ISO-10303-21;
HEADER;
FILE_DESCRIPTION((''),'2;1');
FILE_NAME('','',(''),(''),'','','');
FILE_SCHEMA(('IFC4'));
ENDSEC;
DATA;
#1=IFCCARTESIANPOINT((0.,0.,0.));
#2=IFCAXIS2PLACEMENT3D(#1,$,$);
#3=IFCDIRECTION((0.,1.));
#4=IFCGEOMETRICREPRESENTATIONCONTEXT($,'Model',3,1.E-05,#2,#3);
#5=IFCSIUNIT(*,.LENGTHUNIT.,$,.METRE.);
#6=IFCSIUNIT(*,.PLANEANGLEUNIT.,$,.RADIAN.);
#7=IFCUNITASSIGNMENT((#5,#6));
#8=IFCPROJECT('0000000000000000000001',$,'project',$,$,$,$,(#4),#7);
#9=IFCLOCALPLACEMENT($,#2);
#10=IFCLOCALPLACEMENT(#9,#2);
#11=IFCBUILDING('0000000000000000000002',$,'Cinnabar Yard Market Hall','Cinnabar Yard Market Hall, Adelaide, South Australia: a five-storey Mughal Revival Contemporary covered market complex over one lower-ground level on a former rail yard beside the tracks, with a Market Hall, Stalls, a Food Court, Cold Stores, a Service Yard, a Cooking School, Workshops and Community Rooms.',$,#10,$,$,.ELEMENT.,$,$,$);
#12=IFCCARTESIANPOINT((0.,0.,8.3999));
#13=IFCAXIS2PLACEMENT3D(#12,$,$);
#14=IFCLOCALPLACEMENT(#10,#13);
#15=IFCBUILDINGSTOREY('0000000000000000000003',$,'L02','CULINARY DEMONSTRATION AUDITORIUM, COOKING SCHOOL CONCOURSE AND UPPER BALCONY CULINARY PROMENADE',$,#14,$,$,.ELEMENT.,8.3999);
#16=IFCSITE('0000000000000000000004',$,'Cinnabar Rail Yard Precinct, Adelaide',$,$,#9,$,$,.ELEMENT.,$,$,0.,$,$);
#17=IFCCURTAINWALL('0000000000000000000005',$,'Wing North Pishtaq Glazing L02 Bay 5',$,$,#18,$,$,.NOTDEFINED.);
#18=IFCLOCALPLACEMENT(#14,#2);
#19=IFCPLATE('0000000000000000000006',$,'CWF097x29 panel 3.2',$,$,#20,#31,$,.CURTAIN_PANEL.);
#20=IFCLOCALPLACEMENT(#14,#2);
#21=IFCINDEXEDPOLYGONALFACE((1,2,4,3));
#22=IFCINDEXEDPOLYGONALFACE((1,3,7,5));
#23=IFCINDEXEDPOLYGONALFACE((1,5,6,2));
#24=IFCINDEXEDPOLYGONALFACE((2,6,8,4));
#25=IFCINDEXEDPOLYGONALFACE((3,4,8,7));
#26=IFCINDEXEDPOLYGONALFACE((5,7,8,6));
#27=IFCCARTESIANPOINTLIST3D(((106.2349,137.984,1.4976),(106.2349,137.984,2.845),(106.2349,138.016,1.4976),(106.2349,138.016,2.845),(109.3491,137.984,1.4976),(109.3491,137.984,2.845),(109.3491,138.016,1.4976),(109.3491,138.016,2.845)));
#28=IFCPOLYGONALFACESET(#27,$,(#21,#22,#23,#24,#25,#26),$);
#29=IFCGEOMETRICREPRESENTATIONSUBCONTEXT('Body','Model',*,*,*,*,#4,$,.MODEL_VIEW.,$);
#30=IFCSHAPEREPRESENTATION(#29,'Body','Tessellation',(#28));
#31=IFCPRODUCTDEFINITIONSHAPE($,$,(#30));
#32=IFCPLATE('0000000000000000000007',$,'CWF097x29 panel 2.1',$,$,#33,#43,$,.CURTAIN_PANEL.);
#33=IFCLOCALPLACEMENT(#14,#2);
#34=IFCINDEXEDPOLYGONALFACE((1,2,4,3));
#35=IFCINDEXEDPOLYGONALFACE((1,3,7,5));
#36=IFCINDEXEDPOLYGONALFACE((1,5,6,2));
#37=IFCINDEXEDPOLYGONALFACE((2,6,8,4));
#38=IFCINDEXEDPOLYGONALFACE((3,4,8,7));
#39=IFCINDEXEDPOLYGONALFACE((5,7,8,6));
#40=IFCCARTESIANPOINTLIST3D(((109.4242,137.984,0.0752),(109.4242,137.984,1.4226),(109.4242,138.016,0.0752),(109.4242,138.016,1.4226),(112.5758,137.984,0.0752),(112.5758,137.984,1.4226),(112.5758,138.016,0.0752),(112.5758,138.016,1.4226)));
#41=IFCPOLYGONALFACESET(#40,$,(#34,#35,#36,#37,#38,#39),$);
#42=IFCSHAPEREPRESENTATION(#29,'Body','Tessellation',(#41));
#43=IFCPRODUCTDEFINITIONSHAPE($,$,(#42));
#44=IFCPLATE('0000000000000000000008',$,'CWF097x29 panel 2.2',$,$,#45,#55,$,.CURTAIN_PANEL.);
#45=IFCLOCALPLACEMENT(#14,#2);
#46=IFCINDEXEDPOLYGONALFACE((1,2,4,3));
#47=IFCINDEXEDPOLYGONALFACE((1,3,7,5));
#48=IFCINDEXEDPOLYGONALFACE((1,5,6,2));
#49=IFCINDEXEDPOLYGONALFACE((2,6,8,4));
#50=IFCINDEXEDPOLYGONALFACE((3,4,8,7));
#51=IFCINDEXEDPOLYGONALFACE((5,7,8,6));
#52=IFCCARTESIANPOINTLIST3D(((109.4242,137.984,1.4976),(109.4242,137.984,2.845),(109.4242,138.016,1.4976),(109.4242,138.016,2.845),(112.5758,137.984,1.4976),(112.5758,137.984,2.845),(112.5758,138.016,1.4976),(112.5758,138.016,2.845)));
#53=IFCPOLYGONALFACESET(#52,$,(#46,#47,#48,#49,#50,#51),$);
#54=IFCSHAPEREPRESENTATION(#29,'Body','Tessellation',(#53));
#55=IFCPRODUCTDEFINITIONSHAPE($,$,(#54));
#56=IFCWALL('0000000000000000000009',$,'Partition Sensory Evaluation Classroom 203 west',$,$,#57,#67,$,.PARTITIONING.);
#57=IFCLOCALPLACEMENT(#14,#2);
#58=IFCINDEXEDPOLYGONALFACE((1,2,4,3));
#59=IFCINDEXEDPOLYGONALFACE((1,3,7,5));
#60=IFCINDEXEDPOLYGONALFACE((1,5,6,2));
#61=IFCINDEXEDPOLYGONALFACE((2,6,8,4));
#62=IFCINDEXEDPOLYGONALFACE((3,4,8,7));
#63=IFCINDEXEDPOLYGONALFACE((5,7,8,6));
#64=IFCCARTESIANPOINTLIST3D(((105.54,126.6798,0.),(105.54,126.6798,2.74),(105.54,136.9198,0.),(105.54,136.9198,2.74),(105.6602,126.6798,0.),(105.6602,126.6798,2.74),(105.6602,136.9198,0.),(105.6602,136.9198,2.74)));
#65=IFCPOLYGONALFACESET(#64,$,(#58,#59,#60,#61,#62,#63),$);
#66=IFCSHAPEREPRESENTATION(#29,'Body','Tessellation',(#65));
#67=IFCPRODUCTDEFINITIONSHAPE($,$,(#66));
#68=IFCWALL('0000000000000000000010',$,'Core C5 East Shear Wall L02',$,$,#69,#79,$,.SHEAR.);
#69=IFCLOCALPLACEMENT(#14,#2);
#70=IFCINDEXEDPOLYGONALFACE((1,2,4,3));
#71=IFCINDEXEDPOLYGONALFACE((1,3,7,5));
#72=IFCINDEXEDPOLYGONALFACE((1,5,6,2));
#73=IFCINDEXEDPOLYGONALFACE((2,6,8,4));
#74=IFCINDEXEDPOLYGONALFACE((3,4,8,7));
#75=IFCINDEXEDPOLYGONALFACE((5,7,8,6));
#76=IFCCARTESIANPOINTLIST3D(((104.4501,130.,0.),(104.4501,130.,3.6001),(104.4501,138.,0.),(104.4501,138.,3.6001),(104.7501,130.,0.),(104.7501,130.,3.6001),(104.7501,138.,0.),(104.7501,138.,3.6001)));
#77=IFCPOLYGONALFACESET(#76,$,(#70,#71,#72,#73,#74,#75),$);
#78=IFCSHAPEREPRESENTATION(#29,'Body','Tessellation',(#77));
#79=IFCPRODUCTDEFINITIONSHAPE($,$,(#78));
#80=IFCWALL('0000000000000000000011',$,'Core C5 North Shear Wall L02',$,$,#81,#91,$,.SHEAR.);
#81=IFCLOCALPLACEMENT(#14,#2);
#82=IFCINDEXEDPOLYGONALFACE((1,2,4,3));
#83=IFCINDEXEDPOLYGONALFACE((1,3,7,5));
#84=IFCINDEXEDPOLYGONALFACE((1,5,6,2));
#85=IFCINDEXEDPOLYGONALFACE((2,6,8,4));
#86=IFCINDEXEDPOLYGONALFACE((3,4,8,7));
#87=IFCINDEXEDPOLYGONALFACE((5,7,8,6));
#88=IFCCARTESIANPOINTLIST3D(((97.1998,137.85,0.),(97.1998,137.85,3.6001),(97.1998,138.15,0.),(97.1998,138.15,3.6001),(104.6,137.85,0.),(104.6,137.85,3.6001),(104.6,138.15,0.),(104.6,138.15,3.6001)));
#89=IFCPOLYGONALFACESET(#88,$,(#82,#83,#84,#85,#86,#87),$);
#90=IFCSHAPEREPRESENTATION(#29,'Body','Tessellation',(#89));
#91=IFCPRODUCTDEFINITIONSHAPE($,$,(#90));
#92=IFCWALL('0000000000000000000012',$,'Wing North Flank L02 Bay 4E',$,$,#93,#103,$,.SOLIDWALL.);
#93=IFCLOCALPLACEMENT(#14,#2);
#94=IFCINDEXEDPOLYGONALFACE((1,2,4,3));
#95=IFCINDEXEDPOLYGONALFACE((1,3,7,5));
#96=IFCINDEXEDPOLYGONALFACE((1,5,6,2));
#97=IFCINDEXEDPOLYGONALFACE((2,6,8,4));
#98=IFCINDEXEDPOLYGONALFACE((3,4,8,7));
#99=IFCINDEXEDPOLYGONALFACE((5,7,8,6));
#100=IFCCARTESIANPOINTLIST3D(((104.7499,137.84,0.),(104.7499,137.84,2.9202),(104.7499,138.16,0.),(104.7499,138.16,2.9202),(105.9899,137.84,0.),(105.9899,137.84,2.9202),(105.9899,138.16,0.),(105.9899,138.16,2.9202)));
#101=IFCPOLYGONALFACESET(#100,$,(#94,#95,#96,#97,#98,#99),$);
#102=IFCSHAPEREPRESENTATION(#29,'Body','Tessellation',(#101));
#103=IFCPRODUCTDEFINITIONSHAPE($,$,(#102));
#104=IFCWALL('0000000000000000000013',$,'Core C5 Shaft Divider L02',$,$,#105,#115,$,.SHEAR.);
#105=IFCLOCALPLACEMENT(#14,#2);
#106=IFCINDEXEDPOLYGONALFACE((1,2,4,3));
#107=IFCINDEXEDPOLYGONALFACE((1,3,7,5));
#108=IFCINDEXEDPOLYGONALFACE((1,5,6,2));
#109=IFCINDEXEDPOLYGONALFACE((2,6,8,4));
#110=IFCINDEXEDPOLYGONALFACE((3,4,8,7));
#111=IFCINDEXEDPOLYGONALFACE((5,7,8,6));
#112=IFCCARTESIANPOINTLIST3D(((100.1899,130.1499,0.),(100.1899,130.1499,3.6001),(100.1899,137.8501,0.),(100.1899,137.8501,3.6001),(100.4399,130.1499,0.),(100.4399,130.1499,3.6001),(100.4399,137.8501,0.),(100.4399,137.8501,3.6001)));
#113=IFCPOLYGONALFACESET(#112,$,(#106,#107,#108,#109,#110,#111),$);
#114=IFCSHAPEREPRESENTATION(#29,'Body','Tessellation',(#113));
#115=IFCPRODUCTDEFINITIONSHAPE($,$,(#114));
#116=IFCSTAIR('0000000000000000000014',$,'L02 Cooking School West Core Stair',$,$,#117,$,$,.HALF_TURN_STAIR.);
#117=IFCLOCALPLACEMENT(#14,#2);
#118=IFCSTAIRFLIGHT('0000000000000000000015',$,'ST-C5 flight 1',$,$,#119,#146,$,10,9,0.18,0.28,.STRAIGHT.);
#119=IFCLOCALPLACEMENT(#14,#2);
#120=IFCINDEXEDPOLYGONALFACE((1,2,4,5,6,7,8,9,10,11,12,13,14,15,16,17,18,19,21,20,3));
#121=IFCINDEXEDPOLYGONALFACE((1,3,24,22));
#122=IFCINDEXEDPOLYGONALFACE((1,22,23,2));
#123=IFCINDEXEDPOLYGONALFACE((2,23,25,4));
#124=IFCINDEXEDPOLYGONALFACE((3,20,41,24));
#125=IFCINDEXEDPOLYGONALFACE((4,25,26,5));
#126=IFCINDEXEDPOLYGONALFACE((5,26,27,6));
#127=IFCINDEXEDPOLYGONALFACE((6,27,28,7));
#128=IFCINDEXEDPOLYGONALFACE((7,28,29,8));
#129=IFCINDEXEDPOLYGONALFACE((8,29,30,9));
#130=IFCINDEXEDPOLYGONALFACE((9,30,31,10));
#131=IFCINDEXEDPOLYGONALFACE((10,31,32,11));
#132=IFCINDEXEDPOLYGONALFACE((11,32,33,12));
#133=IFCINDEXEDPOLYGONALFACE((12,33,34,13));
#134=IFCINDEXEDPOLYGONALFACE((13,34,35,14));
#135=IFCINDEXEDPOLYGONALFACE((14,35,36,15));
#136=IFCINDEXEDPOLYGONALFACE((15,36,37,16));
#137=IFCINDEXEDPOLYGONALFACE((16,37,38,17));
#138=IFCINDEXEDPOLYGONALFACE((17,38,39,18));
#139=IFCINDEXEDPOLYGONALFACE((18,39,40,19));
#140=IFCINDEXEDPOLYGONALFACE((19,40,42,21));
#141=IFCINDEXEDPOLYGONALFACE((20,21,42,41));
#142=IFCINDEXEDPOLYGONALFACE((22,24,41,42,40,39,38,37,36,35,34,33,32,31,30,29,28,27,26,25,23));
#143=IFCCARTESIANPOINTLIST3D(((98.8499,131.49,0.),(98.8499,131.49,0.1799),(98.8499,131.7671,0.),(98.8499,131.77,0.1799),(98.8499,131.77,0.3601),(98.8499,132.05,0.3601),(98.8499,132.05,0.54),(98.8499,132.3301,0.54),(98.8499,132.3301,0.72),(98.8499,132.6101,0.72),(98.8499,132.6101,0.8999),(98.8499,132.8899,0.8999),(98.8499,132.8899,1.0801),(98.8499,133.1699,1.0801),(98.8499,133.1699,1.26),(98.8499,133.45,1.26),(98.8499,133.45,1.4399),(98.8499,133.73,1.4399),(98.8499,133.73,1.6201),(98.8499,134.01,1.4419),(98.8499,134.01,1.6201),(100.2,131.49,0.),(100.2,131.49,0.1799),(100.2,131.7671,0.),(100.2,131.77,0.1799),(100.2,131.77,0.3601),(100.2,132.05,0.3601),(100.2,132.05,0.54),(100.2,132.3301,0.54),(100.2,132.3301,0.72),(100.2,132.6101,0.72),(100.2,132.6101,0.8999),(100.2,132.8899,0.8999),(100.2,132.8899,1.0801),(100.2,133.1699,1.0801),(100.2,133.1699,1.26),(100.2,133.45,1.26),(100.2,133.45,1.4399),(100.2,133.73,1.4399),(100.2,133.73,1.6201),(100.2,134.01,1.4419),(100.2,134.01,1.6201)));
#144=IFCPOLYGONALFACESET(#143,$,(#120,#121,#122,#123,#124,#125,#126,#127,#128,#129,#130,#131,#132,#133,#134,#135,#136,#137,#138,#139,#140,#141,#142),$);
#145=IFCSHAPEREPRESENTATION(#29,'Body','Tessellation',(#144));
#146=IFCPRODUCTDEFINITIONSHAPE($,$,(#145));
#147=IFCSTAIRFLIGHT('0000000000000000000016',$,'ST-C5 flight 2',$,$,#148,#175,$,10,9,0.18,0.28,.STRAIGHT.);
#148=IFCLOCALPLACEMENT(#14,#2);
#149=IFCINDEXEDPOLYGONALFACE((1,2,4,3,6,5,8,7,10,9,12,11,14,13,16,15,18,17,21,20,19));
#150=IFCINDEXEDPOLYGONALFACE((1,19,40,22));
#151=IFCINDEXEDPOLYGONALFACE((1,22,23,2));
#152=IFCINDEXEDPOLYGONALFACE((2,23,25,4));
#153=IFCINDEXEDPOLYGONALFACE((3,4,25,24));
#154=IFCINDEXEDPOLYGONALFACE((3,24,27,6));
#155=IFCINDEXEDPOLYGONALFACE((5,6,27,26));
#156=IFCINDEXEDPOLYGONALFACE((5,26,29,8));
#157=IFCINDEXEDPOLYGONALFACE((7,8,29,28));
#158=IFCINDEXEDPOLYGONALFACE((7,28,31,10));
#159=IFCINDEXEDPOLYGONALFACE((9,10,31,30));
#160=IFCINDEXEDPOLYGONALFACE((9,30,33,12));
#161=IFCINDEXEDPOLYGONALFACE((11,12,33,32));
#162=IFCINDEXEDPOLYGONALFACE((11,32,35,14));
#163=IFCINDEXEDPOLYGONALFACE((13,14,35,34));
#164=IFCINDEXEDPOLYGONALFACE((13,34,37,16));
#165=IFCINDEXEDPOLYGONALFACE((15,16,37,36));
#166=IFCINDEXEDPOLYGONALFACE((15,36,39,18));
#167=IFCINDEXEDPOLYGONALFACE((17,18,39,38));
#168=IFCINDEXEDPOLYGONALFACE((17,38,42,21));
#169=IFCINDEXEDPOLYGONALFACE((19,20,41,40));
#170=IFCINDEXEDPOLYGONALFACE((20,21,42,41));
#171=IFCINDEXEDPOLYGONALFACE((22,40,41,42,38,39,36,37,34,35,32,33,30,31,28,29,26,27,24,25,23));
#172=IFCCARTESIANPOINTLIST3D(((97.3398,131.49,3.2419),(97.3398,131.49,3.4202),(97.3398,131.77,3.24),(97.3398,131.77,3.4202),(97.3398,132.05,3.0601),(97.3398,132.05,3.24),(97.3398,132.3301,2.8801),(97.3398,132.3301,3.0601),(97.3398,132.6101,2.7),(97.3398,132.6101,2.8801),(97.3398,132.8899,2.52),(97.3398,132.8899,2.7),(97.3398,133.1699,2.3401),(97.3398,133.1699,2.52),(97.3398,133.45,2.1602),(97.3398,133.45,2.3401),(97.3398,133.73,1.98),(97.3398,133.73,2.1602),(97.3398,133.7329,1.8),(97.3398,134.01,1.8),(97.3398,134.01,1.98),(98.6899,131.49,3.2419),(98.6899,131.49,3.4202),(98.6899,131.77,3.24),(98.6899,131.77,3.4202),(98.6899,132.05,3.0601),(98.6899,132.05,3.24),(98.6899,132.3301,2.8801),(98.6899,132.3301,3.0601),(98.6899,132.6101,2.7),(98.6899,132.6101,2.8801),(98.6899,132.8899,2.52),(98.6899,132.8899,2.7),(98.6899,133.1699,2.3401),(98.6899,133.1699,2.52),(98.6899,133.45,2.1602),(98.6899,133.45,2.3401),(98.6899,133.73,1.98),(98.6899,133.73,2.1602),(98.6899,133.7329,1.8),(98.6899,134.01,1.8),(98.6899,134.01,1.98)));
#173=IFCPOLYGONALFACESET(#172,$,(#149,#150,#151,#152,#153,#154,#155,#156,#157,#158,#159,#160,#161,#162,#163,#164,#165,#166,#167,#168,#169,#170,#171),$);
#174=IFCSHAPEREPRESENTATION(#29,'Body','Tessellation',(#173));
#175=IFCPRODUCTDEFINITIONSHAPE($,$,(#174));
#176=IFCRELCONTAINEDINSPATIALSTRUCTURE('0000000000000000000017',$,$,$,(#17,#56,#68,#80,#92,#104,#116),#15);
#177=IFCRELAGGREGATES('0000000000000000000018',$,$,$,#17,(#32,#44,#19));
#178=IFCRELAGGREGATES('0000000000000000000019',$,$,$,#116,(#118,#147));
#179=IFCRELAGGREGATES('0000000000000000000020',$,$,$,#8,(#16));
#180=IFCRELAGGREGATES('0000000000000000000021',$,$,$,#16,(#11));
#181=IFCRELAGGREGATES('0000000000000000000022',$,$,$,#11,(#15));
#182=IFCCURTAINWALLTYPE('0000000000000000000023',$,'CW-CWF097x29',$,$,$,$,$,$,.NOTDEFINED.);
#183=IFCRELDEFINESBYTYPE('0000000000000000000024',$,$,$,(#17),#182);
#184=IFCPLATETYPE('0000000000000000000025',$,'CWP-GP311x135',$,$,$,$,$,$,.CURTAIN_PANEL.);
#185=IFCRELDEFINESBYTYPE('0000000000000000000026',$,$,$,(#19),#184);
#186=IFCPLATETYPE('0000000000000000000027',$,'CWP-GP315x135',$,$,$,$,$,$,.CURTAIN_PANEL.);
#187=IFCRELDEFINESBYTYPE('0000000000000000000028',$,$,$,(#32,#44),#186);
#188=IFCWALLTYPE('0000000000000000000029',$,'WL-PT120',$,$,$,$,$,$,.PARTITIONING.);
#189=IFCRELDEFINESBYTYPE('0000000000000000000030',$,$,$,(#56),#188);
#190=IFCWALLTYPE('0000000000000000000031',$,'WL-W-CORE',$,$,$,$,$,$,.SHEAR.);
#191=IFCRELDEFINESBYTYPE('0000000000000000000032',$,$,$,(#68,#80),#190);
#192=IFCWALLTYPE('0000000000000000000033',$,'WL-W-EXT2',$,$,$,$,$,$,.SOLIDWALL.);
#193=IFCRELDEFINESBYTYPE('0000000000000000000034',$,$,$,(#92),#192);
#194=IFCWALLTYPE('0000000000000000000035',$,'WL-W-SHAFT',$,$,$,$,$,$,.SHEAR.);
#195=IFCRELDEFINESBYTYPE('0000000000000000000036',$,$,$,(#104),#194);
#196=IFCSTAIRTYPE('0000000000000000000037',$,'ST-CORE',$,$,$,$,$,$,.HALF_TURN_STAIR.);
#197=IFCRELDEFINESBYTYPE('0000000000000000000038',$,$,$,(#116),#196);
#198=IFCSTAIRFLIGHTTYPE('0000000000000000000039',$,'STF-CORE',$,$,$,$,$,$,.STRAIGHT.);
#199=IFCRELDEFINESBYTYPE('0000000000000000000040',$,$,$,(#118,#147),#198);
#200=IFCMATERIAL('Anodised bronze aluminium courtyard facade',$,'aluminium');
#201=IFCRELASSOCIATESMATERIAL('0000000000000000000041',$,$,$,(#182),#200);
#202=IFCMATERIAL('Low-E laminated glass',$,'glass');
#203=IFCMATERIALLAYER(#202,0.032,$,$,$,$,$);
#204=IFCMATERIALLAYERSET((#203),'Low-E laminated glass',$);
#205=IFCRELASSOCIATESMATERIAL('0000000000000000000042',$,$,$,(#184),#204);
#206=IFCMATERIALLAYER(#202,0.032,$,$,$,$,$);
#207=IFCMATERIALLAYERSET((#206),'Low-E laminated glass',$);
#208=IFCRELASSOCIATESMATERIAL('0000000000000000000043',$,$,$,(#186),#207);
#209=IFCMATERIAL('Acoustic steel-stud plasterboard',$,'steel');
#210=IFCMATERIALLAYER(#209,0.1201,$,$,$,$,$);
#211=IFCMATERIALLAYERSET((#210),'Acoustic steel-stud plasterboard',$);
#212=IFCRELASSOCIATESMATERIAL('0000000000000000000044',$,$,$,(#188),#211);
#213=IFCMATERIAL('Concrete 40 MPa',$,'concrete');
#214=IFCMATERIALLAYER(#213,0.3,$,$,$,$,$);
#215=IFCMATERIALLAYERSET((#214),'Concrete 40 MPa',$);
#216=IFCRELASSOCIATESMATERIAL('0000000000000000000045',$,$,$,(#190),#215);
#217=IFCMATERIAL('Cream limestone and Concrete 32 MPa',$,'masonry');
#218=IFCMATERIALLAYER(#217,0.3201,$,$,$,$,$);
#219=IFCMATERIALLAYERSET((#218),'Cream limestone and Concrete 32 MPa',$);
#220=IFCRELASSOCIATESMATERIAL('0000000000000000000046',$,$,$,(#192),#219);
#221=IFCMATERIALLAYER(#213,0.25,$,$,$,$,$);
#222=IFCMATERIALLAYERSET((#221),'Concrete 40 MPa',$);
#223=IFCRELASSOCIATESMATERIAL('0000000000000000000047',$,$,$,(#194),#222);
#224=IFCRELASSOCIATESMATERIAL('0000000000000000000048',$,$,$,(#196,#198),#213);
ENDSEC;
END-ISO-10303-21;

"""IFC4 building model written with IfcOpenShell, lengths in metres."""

from ifc_helpers import new_model, si_unit, direction, frame, frame_2d, origin, origin_2d_with_axis, place, context, subcontext, project, spatial, polyline, rectangle, outline, extrude, material, layer, layer_set, type_object, element, aggregate, save


model = new_model("IFC4")

# Units and contexts
model_context = context("Model", 3, precision=1e-05, world=origin(), true_north=direction((0.0, 1.0)))
body_context = subcontext(model_context, "Body", "Model", "MODEL_VIEW")
ifc_project = project(units=[si_unit("LENGTHUNIT", "METRE"), si_unit("PLANEANGLEUNIT", "RADIAN")], contexts=[model_context])

# Site, building, storey
site_placement = place(None, origin())
site = spatial("IfcSite", under=ifc_project, at=site_placement, Name="Cinnabar Rail Yard Precinct, Adelaide", CompositionType="ELEMENT", RefElevation=0.0)
building_placement = place(site_placement, origin())
building = spatial("IfcBuilding", under=site, at=building_placement, Name="Cinnabar Yard Market Hall", Description="Cinnabar Yard Market Hall, Adelaide, South Australia: a five-storey Mughal Revival Contemporary covered market complex over one lower-ground level on a former rail yard beside the tracks, with a Market Hall, Stalls, a Food Court, Cold Stores, a Service Yard, a Cooking School, Workshops and Community Rooms.", CompositionType="ELEMENT")
storey_placement = place(building_placement, frame((0.0, 0.0, 8.3999)))
storey = spatial("IfcBuildingStorey", under=building, at=storey_placement, Name="L02", Description="CULINARY DEMONSTRATION AUDITORIUM, COOKING SCHOOL CONCOURSE AND UPPER BALCONY CULINARY PROMENADE", CompositionType="ELEMENT", Elevation=8.3999)

# Shared definitions
ifc_material_1 = material(Name="Concrete 40 MPa", Category="concrete")

# Curtain wall, plates
ifc_material_2 = material(Name="Anodised bronze aluminium courtyard facade", Category="aluminium")
curtain_wall_type = type_object("IfcCurtainWallType", Name="CW-CWF097x29", PredefinedType="NOTDEFINED", material=ifc_material_2)
curtain_wall_placement = place(storey_placement, origin())
curtain_wall = element("IfcCurtainWall", 1, at=curtain_wall_placement, inside=storey, type_object=curtain_wall_type, Name="Wing North Pishtaq Glazing L02 Bay 5", PredefinedType="NOTDEFINED")
ifc_material_3 = material(Name="Low-E laminated glass", Category="glass")
ifc_layer_1 = layer(ifc_material_3, 0.032)
ifc_layer_set_1 = layer_set([ifc_layer_1], Name="Low-E laminated glass")
plate_type_1 = type_object("IfcPlateType", Name="CWP-GP311x135", PredefinedType="CURTAIN_PANEL", material=ifc_layer_set_1)
plate_1_placement = place(storey_placement, frame((107.792, 138.0, 1.4976), z_axis=(0.0, 0.0, 1.0), x_axis=(-1.0, 0.0, 0.0)))
plate_1 = element("IfcPlate", 2, at=plate_1_placement, type_object=plate_type_1, Name="CWF097x29 panel 3.2", PredefinedType="CURTAIN_PANEL", context=body_context, shape_type="SweptSolid", body=[
    extrude(rectangle(XDim=3.1143, YDim=0.032, at=origin_2d_with_axis()), origin(), (0.0, 0.0, 1.0), 1.3474),
])
ifc_layer_2 = layer(ifc_material_3, 0.032)
ifc_layer_set_2 = layer_set([ifc_layer_2], Name="Low-E laminated glass")
plate_type_2 = type_object("IfcPlateType", Name="CWP-GP315x135", PredefinedType="CURTAIN_PANEL", material=ifc_layer_set_2)
plate_2_placement = place(storey_placement, frame((111.0, 138.0, 0.0752), z_axis=(0.0, 0.0, 1.0), x_axis=(-1.0, 0.0, 0.0)))
plate_2 = element("IfcPlate", 3, at=plate_2_placement, type_object=plate_type_2, Name="CWF097x29 panel 2.1", PredefinedType="CURTAIN_PANEL", context=body_context, shape_type="SweptSolid", body=[
    extrude(rectangle(XDim=3.1516, YDim=0.032, at=origin_2d_with_axis()), origin(), (0.0, 0.0, 1.0), 1.3474),
])
plate_3_placement = place(storey_placement, frame((111.0, 138.0, 1.4976), z_axis=(0.0, 0.0, 1.0), x_axis=(-1.0, 0.0, 0.0)))
plate_3 = element("IfcPlate", 4, at=plate_3_placement, type_object=plate_type_2, Name="CWF097x29 panel 2.2", PredefinedType="CURTAIN_PANEL", context=body_context, shape_type="SweptSolid", body=[
    extrude(rectangle(XDim=3.1516, YDim=0.032, at=origin_2d_with_axis()), origin(), (0.0, 0.0, 1.0), 1.3474),
])
aggregate(curtain_wall, [plate_2, plate_3, plate_1])

# Walls
ifc_material_4 = material(Name="Acoustic steel-stud plasterboard", Category="steel")
ifc_layer_3 = layer(ifc_material_4, 0.1201)
ifc_layer_set_3 = layer_set([ifc_layer_3], Name="Acoustic steel-stud plasterboard")
wall_type_1 = type_object("IfcWallType", Name="WL-PT120", PredefinedType="PARTITIONING", material=ifc_layer_set_3)
wall_1_placement = place(storey_placement, frame((105.6001, 136.9199, 0.0), z_axis=(0.0, 0.0, 1.0), x_axis=(0.0, -1.0, 0.0)))
element("IfcWall", 5, at=wall_1_placement, inside=storey, type_object=wall_type_1, Name="Partition Sensory Evaluation Classroom 203 west", PredefinedType="PARTITIONING", context=body_context, shape_type="SweptSolid", body=[
    extrude(rectangle(XDim=10.24, YDim=0.1201, at=frame_2d((5.1201, 0.0), x_axis=(1.0, 0.0))), origin(), (0.0, 0.0, 1.0), 2.74),
])
ifc_layer_4 = layer(ifc_material_1, 0.3)
ifc_layer_set_4 = layer_set([ifc_layer_4], Name="Concrete 40 MPa")
wall_type_2 = type_object("IfcWallType", Name="WL-W-CORE", PredefinedType="SHEAR", material=ifc_layer_set_4)
wall_2_placement = place(storey_placement, frame((104.6001, 130.0, 0.0), z_axis=(0.0, 0.0, 1.0), x_axis=(0.0, 1.0, 0.0)))
element("IfcWall", 6, at=wall_2_placement, inside=storey, type_object=wall_type_2, Name="Core C5 East Shear Wall L02", PredefinedType="SHEAR", context=body_context, shape_type="SweptSolid", body=[
    extrude(rectangle(XDim=8.0, YDim=0.3, at=frame_2d((4.0, 0.0), x_axis=(1.0, 0.0))), origin(), (0.0, 0.0, 1.0), 3.6001),
])
wall_3_placement = place(storey_placement, frame((104.6001, 138.0, 0.0), z_axis=(0.0, 0.0, 1.0), x_axis=(-1.0, 0.0, 0.0)))
element("IfcWall", 7, at=wall_3_placement, inside=storey, type_object=wall_type_2, Name="Core C5 North Shear Wall L02", PredefinedType="SHEAR", context=body_context, shape_type="SweptSolid", body=[
    extrude(rectangle(XDim=7.4001, YDim=0.3, at=frame_2d((3.7002, 0.0), x_axis=(1.0, 0.0))), origin(), (0.0, 0.0, 1.0), 3.6001),
])
ifc_material_5 = material(Name="Cream limestone and Concrete 32 MPa", Category="masonry")
ifc_layer_5 = layer(ifc_material_5, 0.3201)
ifc_layer_set_5 = layer_set([ifc_layer_5], Name="Cream limestone and Concrete 32 MPa")
wall_type_3 = type_object("IfcWallType", Name="WL-W-EXT2", PredefinedType="SOLIDWALL", material=ifc_layer_set_5)
wall_4_placement = place(storey_placement, frame((105.99, 138.0, 0.0), z_axis=(0.0, 0.0, 1.0), x_axis=(-1.0, 0.0, 0.0)))
element("IfcWall", 8, at=wall_4_placement, inside=storey, type_object=wall_type_3, Name="Wing North Flank L02 Bay 4E", PredefinedType="SOLIDWALL", context=body_context, shape_type="SweptSolid", body=[
    extrude(rectangle(XDim=1.24, YDim=0.3201, at=frame_2d((0.6201, 0.0), x_axis=(1.0, 0.0))), origin(), (0.0, 0.0, 1.0), 2.9202),
])
ifc_layer_6 = layer(ifc_material_1, 0.25)
ifc_layer_set_6 = layer_set([ifc_layer_6], Name="Concrete 40 MPa")
wall_type_4 = type_object("IfcWallType", Name="WL-W-SHAFT", PredefinedType="SHEAR", material=ifc_layer_set_6)
wall_5_placement = place(storey_placement, frame((100.3149, 130.1499, 0.0), z_axis=(0.0, 0.0, 1.0), x_axis=(0.0, 1.0, 0.0)))
element("IfcWall", 9, at=wall_5_placement, inside=storey, type_object=wall_type_4, Name="Core C5 Shaft Divider L02", PredefinedType="SHEAR", context=body_context, shape_type="SweptSolid", body=[
    extrude(rectangle(XDim=7.7002, YDim=0.25, at=frame_2d((3.8501, 0.0), x_axis=(1.0, 0.0))), origin(), (0.0, 0.0, 1.0), 3.6001),
])

# Stair, stair flights
stair_type = type_object("IfcStairType", Name="ST-CORE", PredefinedType="HALF_TURN_STAIR", material=ifc_material_1)
stair_placement = place(storey_placement, origin())
stair = element("IfcStair", 10, at=stair_placement, inside=storey, type_object=stair_type, Name="L02 Cooking School West Core Stair", PredefinedType="HALF_TURN_STAIR")
stair_flight_type = type_object("IfcStairFlightType", Name="STF-CORE", PredefinedType="STRAIGHT", material=ifc_material_1)
stair_flight_1_placement = place(storey_placement, frame((99.5249, 131.49, 0.0), z_axis=(0.0, 0.0, 1.0), x_axis=(0.0, 1.0, 0.0)))
stair_flight_1 = element("IfcStairFlight", 11, at=stair_flight_1_placement, type_object=stair_flight_type, Name="ST-C5 flight 1", NumberOfRisers=10, NumberOfTreads=9, PredefinedType="STRAIGHT", RiserHeight=0.18, TreadLength=0.28, context=body_context, shape_type="SweptSolid", body=[
    extrude(outline(polyline([(0.0, 0.0), (0.0, 0.1799), (0.28, 0.1799), (0.28, 0.3601), (0.5601, 0.3601), (0.5601, 0.54), (0.8401, 0.54), (0.8401, 0.72), (1.1201, 0.72), (1.1201, 0.8999), (1.3999, 0.8999), (1.3999, 1.0801), (1.6799, 1.0801), (1.6799, 1.26), (1.96, 1.26), (1.96, 1.4399), (2.24, 1.4399), (2.24, 1.6201), (2.52, 1.6201), (2.52, 1.8), (2.52, 1.4419), (0.2771, 0.0), (0.0, 0.0)])), frame((0.0, 0.675, 0.0), z_axis=(0.0, -1.0, 0.0), x_axis=(1.0, 0.0, 0.0)), (0.0, 0.0, 1.0), 1.3501),
])
stair_flight_2_placement = place(storey_placement, frame((98.0149, 134.01, 1.8), z_axis=(0.0, 0.0, 1.0), x_axis=(0.0, -1.0, 0.0)))
stair_flight_2 = element("IfcStairFlight", 12, at=stair_flight_2_placement, type_object=stair_flight_type, Name="ST-C5 flight 2", NumberOfRisers=10, NumberOfTreads=9, PredefinedType="STRAIGHT", RiserHeight=0.18, TreadLength=0.28, context=body_context, shape_type="SweptSolid", body=[
    extrude(outline(polyline([(0.0, 0.0), (0.0, 0.1799), (0.28, 0.1799), (0.28, 0.3601), (0.5601, 0.3601), (0.5601, 0.54), (0.8401, 0.54), (0.8401, 0.72), (1.1201, 0.72), (1.1201, 0.8999), (1.3999, 0.8999), (1.3999, 1.0801), (1.6799, 1.0801), (1.6799, 1.26), (1.96, 1.26), (1.96, 1.4399), (2.24, 1.4399), (2.24, 1.6201), (2.52, 1.6201), (2.52, 1.8), (2.52, 1.4419), (0.2771, 0.0), (0.0, 0.0)])), frame((0.0, 0.675, 0.0), z_axis=(0.0, -1.0, 0.0), x_axis=(1.0, 0.0, 0.0)), (0.0, 0.0, 1.0), 1.3501),
])
aggregate(stair, [stair_flight_1, stair_flight_2])

save(model, "model.ifc")
